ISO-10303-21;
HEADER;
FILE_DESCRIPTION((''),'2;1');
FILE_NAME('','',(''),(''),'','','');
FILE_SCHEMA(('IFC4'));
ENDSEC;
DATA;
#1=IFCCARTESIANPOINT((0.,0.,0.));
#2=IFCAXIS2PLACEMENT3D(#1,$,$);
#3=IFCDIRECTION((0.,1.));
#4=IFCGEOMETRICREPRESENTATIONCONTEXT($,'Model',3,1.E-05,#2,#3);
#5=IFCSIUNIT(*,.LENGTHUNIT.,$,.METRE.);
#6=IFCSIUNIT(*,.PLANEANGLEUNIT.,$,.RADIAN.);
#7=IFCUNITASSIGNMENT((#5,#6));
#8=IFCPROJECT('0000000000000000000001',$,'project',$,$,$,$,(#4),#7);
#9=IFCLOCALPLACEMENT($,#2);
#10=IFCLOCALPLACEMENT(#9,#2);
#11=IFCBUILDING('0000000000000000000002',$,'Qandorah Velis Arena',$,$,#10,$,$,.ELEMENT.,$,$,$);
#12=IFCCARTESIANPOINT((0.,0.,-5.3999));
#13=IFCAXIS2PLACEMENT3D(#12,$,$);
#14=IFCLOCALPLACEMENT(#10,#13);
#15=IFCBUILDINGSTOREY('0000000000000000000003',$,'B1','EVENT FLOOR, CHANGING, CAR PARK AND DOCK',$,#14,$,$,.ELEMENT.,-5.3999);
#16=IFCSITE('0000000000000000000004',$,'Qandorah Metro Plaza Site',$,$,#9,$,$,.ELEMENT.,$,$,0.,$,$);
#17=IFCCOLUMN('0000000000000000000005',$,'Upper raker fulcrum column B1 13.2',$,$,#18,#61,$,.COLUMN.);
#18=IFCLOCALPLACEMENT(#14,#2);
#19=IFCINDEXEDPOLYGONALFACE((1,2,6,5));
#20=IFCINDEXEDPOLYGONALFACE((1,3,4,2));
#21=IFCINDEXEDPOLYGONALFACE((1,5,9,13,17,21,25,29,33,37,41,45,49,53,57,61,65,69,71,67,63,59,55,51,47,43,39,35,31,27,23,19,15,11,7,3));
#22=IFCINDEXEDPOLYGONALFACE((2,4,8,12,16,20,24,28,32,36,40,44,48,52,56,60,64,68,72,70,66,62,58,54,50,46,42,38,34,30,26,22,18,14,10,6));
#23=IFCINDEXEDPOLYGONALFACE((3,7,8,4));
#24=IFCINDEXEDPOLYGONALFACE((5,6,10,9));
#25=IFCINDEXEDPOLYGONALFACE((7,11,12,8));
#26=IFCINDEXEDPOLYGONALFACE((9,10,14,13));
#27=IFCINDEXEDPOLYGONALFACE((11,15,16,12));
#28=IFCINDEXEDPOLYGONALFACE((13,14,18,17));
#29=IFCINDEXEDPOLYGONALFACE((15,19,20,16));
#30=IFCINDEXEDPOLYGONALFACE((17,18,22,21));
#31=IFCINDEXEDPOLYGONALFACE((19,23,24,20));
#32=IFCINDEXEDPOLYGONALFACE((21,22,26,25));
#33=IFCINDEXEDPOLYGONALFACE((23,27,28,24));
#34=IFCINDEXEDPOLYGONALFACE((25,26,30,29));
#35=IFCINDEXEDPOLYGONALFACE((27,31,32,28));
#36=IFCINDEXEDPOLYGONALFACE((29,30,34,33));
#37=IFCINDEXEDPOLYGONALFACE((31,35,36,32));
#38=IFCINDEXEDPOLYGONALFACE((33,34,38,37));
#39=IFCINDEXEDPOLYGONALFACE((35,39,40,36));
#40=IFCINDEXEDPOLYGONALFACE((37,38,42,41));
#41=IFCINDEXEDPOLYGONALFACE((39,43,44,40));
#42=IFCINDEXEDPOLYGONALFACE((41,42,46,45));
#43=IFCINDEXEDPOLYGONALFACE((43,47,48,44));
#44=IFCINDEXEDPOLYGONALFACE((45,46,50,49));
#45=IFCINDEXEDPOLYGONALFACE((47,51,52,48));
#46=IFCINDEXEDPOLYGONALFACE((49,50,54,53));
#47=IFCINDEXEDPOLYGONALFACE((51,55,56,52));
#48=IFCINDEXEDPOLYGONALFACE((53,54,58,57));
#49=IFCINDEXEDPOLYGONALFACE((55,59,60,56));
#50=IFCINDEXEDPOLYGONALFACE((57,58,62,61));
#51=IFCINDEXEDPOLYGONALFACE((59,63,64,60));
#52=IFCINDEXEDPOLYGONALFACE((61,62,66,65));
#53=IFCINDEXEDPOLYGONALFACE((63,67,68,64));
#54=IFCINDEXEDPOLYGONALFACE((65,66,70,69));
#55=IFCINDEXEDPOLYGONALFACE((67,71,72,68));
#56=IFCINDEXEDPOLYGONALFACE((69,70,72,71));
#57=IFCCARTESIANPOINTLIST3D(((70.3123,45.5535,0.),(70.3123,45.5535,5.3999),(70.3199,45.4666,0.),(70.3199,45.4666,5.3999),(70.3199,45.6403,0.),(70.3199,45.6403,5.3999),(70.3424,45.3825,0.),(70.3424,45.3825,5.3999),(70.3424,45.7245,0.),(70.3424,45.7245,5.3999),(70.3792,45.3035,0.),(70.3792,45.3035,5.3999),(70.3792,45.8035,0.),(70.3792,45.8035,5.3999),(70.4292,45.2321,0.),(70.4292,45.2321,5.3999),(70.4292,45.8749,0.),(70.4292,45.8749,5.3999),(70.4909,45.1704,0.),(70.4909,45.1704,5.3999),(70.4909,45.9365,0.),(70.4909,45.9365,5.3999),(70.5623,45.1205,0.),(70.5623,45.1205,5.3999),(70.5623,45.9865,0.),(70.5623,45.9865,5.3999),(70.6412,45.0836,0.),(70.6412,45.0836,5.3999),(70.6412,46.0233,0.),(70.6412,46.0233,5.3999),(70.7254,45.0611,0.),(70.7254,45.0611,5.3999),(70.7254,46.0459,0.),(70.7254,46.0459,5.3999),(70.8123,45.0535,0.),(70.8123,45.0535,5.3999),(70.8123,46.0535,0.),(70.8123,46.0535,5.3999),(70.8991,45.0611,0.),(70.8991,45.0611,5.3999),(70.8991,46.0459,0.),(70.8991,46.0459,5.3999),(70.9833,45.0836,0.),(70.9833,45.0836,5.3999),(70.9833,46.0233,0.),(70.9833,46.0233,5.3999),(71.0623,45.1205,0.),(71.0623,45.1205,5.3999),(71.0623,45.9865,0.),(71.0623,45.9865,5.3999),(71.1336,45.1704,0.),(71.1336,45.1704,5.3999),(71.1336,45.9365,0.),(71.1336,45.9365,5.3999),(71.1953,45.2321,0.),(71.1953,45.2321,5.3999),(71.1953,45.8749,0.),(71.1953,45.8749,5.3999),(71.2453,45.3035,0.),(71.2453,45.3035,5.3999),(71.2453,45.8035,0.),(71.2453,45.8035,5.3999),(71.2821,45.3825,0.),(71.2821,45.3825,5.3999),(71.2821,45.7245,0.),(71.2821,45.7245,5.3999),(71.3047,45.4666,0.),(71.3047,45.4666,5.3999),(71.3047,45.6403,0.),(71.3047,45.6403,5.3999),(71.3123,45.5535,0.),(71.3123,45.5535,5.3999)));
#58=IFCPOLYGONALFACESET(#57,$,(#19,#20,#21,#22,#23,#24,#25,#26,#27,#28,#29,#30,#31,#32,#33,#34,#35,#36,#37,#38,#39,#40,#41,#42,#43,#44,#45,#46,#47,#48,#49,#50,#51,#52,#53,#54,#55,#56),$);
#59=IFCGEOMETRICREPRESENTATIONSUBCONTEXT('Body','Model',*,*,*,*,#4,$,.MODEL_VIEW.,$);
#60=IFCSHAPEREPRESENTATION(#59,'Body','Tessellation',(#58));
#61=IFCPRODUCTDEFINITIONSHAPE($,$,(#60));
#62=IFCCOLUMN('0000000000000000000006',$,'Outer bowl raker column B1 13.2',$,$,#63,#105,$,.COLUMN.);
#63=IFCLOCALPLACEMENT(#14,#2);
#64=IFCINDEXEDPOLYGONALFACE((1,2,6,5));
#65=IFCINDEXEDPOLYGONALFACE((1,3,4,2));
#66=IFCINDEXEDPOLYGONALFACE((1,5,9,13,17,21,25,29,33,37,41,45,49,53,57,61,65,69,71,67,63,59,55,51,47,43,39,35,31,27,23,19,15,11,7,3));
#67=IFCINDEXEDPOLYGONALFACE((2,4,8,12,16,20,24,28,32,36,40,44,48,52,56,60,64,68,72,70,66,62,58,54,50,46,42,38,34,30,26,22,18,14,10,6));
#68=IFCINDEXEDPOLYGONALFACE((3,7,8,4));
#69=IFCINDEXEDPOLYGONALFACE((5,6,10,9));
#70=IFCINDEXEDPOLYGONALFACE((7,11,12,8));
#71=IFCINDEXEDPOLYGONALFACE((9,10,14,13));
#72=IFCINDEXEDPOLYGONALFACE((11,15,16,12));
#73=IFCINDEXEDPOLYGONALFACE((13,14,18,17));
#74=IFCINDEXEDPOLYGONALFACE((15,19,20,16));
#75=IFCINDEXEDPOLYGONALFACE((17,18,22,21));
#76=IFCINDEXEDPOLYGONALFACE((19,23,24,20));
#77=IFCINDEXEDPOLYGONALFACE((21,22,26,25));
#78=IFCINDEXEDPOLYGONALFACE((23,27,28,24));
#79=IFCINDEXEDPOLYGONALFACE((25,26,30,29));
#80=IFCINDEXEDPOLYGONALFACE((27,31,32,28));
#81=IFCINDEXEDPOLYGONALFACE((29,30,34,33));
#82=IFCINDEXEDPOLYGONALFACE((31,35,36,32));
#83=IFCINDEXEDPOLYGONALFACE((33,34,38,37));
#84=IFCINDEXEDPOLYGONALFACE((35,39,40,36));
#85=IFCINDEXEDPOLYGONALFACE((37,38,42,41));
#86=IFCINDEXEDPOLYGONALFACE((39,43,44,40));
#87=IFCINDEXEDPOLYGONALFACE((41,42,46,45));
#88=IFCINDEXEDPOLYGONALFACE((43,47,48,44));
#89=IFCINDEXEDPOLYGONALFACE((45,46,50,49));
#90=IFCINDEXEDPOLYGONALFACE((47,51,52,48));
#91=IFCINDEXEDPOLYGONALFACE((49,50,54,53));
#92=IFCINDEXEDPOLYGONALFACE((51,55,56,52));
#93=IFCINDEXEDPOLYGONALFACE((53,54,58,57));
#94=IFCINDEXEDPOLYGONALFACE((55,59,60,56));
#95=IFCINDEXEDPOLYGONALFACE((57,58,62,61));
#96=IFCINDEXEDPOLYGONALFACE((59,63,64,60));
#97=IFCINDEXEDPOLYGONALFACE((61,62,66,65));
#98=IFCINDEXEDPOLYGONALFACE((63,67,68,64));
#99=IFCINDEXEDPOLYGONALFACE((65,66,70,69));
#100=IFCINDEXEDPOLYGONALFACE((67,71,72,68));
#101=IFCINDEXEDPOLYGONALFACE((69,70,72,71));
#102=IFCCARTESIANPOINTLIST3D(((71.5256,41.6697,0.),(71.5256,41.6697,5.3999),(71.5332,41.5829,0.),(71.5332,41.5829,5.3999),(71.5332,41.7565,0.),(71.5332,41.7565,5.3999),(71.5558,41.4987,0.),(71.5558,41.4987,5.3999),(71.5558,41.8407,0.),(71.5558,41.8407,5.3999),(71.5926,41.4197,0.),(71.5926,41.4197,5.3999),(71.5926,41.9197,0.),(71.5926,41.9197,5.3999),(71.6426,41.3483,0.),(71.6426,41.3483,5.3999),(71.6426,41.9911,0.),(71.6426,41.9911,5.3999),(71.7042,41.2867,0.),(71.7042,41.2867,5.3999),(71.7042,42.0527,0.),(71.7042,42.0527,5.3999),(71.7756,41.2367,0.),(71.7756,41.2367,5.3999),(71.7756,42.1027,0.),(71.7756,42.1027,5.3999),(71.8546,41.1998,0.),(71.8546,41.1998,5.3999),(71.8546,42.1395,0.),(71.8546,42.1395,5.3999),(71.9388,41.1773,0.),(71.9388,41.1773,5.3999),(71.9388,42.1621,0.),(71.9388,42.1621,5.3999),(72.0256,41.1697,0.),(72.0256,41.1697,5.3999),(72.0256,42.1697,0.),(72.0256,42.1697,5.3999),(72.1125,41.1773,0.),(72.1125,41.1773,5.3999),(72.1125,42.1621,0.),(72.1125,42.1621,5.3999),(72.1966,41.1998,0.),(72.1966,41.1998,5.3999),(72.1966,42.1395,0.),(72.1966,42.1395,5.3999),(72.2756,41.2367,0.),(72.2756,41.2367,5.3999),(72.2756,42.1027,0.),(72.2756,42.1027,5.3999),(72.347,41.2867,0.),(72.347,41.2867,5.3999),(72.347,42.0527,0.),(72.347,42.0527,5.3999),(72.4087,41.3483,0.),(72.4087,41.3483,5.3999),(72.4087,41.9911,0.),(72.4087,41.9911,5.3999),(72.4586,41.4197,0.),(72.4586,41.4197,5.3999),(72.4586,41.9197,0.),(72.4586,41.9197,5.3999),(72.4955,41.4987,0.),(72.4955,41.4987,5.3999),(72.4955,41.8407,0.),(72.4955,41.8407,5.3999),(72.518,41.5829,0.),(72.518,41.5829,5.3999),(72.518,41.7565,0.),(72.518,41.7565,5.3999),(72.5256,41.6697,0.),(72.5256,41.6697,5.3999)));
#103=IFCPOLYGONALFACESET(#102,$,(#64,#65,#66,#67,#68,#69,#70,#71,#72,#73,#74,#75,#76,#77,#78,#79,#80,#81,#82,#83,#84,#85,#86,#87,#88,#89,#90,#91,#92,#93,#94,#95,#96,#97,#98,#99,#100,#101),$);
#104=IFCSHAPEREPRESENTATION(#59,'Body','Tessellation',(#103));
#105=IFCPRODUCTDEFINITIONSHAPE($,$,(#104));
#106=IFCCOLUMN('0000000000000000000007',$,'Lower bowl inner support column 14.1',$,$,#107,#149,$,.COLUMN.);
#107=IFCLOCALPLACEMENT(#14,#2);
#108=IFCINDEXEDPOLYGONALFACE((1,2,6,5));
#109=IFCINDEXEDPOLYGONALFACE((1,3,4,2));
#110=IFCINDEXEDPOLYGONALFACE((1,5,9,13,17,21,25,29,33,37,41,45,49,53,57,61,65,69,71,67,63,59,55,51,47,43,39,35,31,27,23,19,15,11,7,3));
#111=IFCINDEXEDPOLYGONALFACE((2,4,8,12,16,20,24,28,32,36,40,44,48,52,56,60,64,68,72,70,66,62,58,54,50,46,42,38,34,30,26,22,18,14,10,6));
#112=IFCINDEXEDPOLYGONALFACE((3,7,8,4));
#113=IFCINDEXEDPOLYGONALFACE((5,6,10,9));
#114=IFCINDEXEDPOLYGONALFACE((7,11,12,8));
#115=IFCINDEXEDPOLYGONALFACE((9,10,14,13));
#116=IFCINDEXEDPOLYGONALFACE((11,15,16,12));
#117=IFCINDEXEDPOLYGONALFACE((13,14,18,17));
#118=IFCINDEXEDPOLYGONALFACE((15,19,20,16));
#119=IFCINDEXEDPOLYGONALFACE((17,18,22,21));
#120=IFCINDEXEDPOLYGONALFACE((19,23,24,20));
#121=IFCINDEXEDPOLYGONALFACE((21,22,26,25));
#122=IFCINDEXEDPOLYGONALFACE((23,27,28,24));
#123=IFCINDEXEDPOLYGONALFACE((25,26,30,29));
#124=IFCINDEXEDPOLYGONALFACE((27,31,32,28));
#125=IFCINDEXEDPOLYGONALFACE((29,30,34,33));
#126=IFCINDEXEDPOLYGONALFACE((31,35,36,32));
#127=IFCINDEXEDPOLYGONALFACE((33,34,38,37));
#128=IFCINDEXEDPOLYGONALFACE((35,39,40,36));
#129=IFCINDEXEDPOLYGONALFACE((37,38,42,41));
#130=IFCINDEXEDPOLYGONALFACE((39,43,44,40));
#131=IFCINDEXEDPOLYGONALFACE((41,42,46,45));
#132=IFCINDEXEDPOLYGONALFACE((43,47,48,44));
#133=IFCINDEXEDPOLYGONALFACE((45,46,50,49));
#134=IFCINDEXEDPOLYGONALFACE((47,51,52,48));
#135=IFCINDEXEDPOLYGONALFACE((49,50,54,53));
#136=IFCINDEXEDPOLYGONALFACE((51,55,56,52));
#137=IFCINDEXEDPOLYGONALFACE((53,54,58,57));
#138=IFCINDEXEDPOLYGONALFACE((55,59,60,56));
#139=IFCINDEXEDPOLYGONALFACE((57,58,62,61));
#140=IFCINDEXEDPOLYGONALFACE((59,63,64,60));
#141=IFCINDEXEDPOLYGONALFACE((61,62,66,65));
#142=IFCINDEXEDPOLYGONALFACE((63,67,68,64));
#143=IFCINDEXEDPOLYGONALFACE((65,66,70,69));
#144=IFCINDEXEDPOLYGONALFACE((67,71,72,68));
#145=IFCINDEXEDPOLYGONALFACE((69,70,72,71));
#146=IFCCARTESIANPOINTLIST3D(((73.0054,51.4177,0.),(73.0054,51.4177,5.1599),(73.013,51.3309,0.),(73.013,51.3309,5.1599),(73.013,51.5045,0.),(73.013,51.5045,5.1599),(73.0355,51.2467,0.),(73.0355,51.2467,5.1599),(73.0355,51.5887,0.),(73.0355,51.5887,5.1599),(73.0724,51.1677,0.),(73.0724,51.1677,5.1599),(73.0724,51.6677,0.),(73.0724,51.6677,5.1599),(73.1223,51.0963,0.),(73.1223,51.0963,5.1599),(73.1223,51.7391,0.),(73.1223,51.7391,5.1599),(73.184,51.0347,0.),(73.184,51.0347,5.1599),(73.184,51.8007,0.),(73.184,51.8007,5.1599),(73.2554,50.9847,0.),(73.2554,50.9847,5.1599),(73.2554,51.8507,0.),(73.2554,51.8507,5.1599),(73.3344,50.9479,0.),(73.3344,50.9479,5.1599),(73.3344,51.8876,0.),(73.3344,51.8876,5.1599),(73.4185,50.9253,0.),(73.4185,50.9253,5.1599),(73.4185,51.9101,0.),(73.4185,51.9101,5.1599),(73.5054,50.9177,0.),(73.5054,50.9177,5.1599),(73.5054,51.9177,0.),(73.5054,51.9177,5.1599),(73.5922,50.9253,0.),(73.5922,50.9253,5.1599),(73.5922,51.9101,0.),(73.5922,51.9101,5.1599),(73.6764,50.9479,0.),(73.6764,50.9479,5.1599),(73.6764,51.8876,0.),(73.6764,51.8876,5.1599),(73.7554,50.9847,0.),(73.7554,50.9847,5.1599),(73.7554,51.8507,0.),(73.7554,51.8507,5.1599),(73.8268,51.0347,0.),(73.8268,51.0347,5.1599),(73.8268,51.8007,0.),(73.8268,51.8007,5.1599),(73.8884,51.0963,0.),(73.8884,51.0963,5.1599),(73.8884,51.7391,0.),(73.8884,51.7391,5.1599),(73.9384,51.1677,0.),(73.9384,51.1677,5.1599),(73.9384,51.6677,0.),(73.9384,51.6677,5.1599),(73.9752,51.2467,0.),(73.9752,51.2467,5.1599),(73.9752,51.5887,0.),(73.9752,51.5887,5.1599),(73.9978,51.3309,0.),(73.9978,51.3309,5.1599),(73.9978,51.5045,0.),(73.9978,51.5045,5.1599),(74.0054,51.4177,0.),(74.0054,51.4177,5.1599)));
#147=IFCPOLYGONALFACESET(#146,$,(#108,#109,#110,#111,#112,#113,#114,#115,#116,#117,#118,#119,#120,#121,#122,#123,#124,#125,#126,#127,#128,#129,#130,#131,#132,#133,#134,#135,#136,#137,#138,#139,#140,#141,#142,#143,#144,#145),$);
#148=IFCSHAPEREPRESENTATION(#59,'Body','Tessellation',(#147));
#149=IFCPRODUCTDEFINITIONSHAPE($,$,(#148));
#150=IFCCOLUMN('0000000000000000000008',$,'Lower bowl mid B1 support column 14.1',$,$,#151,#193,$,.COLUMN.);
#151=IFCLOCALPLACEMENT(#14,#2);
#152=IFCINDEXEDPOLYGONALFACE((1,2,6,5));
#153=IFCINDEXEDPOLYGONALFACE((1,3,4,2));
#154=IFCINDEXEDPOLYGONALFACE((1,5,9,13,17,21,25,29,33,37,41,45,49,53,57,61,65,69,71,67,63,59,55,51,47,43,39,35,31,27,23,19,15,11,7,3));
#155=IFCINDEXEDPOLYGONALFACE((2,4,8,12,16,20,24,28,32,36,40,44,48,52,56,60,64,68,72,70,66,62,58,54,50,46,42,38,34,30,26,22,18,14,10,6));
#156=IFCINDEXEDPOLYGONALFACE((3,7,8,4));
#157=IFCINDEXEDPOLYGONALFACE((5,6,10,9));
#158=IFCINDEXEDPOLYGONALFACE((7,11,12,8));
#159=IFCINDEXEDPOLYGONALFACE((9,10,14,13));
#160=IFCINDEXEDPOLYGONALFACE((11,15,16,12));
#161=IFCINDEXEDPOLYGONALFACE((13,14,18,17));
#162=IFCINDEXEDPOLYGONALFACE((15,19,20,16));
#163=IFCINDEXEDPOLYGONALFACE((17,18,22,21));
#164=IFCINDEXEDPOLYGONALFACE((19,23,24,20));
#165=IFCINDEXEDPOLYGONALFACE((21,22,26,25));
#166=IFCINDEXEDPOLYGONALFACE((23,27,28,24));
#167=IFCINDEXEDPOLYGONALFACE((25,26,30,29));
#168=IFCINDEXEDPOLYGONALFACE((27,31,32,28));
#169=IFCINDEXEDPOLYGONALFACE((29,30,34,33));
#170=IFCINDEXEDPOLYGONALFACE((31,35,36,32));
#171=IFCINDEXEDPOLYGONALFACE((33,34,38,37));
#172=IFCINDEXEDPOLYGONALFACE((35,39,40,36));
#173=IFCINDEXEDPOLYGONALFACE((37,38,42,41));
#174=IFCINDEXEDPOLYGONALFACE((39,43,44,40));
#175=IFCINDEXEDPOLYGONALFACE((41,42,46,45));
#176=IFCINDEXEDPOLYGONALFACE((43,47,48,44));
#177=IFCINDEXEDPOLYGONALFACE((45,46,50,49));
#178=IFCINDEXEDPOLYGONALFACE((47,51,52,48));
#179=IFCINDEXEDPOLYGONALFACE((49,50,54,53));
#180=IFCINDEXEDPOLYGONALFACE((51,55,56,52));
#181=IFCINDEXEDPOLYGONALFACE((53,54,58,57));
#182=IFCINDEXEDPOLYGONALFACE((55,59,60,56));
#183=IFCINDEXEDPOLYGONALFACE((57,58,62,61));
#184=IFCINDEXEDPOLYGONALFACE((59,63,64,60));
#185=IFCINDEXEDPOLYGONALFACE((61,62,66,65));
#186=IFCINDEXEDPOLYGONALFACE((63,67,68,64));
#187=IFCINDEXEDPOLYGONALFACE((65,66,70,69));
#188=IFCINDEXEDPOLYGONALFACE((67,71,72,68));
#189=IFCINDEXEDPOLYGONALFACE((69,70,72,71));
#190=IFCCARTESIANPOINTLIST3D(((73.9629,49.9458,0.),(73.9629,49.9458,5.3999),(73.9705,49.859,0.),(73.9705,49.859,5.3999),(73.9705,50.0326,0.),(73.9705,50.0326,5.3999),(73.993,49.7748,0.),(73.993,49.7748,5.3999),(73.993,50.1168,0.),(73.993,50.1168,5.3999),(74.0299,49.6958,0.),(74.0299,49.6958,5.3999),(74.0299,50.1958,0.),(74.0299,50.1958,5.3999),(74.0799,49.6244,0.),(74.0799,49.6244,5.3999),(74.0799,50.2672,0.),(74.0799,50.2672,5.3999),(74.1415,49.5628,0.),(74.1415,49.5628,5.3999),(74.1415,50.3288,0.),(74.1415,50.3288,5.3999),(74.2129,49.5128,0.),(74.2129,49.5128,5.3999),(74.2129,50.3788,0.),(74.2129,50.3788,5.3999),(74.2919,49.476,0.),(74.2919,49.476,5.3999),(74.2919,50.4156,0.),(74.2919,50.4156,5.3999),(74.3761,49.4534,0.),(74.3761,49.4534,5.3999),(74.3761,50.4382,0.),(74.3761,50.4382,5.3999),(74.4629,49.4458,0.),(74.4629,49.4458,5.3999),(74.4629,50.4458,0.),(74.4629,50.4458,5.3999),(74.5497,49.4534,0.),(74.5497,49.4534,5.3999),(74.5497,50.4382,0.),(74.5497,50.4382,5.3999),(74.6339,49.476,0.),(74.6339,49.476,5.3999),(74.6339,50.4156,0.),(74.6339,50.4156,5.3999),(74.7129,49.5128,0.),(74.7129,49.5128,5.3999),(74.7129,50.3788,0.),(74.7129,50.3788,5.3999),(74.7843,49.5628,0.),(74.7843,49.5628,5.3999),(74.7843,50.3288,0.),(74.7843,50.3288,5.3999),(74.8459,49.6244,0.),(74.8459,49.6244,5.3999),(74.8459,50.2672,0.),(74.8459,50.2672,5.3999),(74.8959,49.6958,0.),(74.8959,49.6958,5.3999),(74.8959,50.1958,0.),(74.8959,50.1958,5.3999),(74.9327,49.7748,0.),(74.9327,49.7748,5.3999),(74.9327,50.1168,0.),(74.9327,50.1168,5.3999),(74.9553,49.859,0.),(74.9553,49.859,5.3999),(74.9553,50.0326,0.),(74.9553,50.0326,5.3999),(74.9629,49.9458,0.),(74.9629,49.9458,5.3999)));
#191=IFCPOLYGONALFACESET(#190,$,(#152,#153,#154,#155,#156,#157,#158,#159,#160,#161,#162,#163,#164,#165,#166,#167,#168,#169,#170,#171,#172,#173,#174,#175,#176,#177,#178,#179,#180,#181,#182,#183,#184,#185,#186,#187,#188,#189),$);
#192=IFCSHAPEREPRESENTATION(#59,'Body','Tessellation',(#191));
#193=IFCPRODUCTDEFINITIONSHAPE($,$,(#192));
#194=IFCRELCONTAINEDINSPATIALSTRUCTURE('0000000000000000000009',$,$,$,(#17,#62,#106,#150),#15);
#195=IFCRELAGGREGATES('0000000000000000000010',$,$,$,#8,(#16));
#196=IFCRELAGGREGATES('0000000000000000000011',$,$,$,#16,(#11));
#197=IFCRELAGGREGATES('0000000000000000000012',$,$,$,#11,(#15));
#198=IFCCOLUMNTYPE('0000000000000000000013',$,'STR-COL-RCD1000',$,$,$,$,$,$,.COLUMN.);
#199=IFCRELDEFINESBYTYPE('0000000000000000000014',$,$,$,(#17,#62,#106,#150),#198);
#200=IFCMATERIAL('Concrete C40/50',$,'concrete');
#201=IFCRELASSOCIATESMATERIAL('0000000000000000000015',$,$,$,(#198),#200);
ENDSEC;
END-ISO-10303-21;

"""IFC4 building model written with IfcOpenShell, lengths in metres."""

from ifc_helpers import new_model, si_unit, direction, frame, origin, origin_2d, place, context, subcontext, project, spatial, circle, extrude, material, material_profile, profile_set, type_object, element, save


model = new_model("IFC4")

# Units and contexts
model_context = context("Model", 3, precision=1e-05, world=origin(), true_north=direction((0.0, 1.0)))
body_context = subcontext(model_context, "Body", "Model", "MODEL_VIEW")
ifc_project = project(units=[si_unit("LENGTHUNIT", "METRE"), si_unit("PLANEANGLEUNIT", "RADIAN")], contexts=[model_context])

# Site, building, storey
site_placement = place(None, origin())
site = spatial("IfcSite", under=ifc_project, at=site_placement, Name="Qandorah Metro Plaza Site", CompositionType="ELEMENT", RefElevation=0.0)
building_placement = place(site_placement, origin())
building = spatial("IfcBuilding", under=site, at=building_placement, Name="Qandorah Velis Arena", CompositionType="ELEMENT")
storey_placement = place(building_placement, frame((0.0, 0.0, -5.3999)))
storey = spatial("IfcBuildingStorey", under=building, at=storey_placement, Name="B1", Description="EVENT FLOOR, CHANGING, CAR PARK AND DOCK", CompositionType="ELEMENT", Elevation=-5.3999)

# Shared definitions
ifc_material = material(Name="Concrete C40/50", Category="concrete")

# Columns
ifc_material_profile_1 = material_profile(ifc_material, circle(Radius=0.5, at=origin_2d()), Name="RC D1000")
ifc_profile_set_1 = profile_set([ifc_material_profile_1], Name="Concrete C40/50")
column_type_1 = type_object("IfcColumnType", Name="STR-COL-RCD1000", PredefinedType="COLUMN", material=ifc_profile_set_1)
for number, where, z_axis, x_axis, name in (
    (1, (70.8123, 45.5535, 0.0), (0.0, 0.0, 1.0), (1.0, 0.0, 0.0), "Upper raker fulcrum column B1 13.2"),
    (2, (72.0256, 41.6697, 0.0), (0.0, 0.0, 1.0), (1.0, 0.0, 0.0), "Outer bowl raker column B1 13.2"),
):
    element("IfcColumn", number, at=place(storey_placement, frame(where, z_axis=z_axis, x_axis=x_axis)), inside=storey, type_object=column_type_1, Name=name, PredefinedType="COLUMN", context=body_context, shape_type="SweptSolid", body=[
        extrude(circle(Radius=0.5, at=origin_2d()), origin(), (0.0, 0.0, 1.0), 5.3999),
    ])
column_1_placement = place(storey_placement, frame((73.5054, 51.4177, 0.0), z_axis=(0.0, 0.0, 1.0), x_axis=(1.0, 0.0, 0.0)))
element("IfcColumn", 3, at=column_1_placement, inside=storey, type_object=column_type_1, Name="Lower bowl inner support column 14.1", PredefinedType="COLUMN", context=body_context, shape_type="SweptSolid", body=[
    extrude(circle(Radius=0.5, at=origin_2d()), origin(), (0.0, 0.0, 1.0), 5.1599),
])
for number, where, z_axis, x_axis, name in (
    (4, (74.4629, 49.9458, 0.0), (0.0, 0.0, 1.0), (1.0, 0.0, 0.0), "Lower bowl mid B1 support column 14.1"),
):
    element("IfcColumn", number, at=place(storey_placement, frame(where, z_axis=z_axis, x_axis=x_axis)), inside=storey, type_object=column_type_1, Name=name, PredefinedType="COLUMN", context=body_context, shape_type="SweptSolid", body=[
        extrude(circle(Radius=0.5, at=origin_2d()), origin(), (0.0, 0.0, 1.0), 5.3999),
    ])

save(model, "model.ifc")
